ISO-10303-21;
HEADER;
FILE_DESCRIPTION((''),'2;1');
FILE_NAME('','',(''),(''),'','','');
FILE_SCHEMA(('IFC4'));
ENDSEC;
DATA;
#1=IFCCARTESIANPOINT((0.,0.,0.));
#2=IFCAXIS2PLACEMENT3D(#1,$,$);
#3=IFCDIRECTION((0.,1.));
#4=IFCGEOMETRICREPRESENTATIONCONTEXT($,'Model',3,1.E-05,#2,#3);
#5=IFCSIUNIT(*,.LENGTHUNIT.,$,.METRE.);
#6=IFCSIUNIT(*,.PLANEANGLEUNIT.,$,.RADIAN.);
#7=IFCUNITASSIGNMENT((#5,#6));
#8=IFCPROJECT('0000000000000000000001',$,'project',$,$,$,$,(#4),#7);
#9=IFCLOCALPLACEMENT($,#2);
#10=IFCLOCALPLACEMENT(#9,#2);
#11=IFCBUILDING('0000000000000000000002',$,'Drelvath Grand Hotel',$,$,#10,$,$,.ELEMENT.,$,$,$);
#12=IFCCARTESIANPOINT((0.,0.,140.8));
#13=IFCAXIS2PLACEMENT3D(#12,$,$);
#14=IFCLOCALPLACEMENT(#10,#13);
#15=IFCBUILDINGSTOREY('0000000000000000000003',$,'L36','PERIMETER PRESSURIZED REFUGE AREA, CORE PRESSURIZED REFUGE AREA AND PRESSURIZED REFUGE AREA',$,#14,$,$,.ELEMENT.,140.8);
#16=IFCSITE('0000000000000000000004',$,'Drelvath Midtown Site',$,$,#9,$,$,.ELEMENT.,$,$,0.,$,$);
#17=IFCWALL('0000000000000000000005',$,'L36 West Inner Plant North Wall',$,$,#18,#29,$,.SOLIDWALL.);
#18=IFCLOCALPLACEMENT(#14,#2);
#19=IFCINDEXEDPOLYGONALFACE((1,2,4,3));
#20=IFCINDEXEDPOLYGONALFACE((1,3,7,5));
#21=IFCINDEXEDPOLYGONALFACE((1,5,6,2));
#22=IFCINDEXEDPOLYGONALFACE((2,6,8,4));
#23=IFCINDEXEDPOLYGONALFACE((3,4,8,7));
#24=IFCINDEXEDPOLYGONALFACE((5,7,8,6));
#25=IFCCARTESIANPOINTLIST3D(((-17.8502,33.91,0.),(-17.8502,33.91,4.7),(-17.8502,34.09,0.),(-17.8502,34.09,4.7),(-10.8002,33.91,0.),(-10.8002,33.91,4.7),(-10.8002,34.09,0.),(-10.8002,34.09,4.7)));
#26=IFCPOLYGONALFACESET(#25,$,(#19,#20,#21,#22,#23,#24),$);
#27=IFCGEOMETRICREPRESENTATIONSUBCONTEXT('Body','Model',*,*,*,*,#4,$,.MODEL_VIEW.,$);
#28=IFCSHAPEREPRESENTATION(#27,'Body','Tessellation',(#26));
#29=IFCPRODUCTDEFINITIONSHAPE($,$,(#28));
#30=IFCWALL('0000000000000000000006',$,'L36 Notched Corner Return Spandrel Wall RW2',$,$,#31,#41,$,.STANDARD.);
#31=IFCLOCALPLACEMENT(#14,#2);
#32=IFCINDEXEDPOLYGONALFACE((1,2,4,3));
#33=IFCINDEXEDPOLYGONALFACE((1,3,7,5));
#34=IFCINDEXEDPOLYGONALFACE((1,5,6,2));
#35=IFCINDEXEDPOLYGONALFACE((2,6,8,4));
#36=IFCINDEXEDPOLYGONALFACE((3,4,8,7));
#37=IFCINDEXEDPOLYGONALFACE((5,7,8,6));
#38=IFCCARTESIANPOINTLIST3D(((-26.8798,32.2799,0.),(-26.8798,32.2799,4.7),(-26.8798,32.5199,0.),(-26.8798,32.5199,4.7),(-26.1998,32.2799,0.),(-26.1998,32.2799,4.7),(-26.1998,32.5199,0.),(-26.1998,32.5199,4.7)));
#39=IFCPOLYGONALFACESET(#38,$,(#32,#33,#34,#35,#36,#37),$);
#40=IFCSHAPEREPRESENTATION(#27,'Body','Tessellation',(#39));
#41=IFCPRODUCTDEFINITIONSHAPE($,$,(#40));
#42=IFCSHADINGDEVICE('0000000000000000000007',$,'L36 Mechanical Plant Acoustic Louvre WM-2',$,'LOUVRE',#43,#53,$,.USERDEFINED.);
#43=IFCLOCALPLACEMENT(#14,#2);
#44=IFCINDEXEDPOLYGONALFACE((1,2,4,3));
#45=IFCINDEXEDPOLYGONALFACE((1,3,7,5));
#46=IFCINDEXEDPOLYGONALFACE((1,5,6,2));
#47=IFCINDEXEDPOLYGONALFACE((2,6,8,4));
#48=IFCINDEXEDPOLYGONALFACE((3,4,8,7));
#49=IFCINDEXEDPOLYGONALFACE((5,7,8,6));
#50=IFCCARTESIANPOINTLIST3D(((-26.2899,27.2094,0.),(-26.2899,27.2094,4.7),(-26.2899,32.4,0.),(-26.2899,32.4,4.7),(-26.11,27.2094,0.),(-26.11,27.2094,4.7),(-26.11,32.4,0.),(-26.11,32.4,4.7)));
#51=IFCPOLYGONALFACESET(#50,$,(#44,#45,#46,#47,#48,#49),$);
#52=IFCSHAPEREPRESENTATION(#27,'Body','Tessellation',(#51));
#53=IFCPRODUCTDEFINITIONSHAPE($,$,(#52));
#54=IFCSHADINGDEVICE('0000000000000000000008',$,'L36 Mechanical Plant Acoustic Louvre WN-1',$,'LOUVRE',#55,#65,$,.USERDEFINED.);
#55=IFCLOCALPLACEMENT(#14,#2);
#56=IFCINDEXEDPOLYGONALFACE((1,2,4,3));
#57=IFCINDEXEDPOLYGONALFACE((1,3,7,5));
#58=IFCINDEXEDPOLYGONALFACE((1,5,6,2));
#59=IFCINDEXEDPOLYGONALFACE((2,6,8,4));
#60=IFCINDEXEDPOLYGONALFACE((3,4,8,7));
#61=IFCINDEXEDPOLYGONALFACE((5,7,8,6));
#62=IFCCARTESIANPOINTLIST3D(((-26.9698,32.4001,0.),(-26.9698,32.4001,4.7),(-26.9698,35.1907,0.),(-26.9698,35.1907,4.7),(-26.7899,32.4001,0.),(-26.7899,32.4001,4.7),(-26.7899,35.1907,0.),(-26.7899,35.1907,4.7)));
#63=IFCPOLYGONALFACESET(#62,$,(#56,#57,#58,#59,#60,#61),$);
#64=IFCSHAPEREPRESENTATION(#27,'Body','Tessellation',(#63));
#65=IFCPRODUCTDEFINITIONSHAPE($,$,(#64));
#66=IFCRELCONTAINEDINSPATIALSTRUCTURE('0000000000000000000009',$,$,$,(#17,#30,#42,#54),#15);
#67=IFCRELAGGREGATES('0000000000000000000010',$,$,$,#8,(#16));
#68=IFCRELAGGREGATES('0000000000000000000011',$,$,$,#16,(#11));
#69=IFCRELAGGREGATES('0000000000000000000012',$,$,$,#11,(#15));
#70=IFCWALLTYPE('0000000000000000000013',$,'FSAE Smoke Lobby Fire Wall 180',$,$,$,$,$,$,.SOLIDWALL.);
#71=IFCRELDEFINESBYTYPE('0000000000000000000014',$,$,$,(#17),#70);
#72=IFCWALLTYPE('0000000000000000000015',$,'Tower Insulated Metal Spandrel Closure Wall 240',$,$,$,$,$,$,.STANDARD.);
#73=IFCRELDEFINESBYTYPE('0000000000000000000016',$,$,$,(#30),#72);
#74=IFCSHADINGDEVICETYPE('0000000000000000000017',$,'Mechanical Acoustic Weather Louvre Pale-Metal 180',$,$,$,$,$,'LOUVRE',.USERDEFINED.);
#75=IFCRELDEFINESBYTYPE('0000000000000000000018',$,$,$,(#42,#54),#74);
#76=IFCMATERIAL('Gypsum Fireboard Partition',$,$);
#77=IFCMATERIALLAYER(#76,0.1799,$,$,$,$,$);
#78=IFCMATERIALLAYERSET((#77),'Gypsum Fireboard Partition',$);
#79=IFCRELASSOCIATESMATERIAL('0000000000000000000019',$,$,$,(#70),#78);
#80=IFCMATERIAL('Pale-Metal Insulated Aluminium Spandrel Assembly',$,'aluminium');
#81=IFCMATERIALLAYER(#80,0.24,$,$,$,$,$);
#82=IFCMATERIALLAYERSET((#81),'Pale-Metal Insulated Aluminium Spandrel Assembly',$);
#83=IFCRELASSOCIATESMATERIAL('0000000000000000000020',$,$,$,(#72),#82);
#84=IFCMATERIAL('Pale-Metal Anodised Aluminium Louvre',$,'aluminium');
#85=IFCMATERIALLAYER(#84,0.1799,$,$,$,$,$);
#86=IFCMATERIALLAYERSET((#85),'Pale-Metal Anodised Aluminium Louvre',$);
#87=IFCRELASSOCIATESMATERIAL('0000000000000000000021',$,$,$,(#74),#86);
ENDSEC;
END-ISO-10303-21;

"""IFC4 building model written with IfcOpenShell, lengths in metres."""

from ifc_helpers import new_model, si_unit, direction, frame, frame_2d, origin, origin_2d, place, context, subcontext, project, spatial, rectangle, extrude, material, layer, layer_set, type_object, element, save


model = new_model("IFC4")

# Units and contexts
model_context = context("Model", 3, precision=1e-05, world=origin(), true_north=direction((0.0, 1.0)))
body_context = subcontext(model_context, "Body", "Model", "MODEL_VIEW")
ifc_project = project(units=[si_unit("LENGTHUNIT", "METRE"), si_unit("PLANEANGLEUNIT", "RADIAN")], contexts=[model_context])

# Site, building, storey
site_placement = place(None, origin())
site = spatial("IfcSite", under=ifc_project, at=site_placement, Name="Drelvath Midtown Site", CompositionType="ELEMENT", RefElevation=0.0)
building_placement = place(site_placement, origin())
building = spatial("IfcBuilding", under=site, at=building_placement, Name="Drelvath Grand Hotel", CompositionType="ELEMENT")
storey_placement = place(building_placement, frame((0.0, 0.0, 140.8)))
storey = spatial("IfcBuildingStorey", under=building, at=storey_placement, Name="L36", Description="PERIMETER PRESSURIZED REFUGE AREA, CORE PRESSURIZED REFUGE AREA AND PRESSURIZED REFUGE AREA", CompositionType="ELEMENT", Elevation=140.8)

# Shared definitions
ifc_material_1 = material(Name="Gypsum Fireboard Partition")

# Shared definitions
ifc_layer_1 = layer(ifc_material_1, 0.1799)
ifc_layer_set_1 = layer_set([ifc_layer_1], Name="Gypsum Fireboard Partition")
wall_type_1 = type_object("IfcWallType", Name="FSAE Smoke Lobby Fire Wall 180", PredefinedType="SOLIDWALL", material=ifc_layer_set_1)

# Walls
wall_1_placement = place(storey_placement, frame((-17.8501, 34.0, 0.0), z_axis=(0.0, 0.0, 1.0), x_axis=(1.0, 0.0, 0.0)))
element("IfcWall", 1, at=wall_1_placement, inside=storey, type_object=wall_type_1, Name="L36 West Inner Plant North Wall", PredefinedType="SOLIDWALL", context=body_context, shape_type="SweptSolid", body=[
    extrude(rectangle(XDim=7.05, YDim=0.1799, at=frame_2d((3.5249, 0.0))), origin(), (0.0, 0.0, 1.0), 4.7),
])
ifc_material_2 = material(Name="Pale-Metal Insulated Aluminium Spandrel Assembly", Category="aluminium")
ifc_layer_2 = layer(ifc_material_2, 0.24)
ifc_layer_set_2 = layer_set([ifc_layer_2], Name="Pale-Metal Insulated Aluminium Spandrel Assembly")
wall_type_2 = type_object("IfcWallType", Name="Tower Insulated Metal Spandrel Closure Wall 240", PredefinedType="STANDARD", material=ifc_layer_set_2)
wall_2_placement = place(storey_placement, frame((-26.2, 32.3999, 0.0), z_axis=(0.0, 0.0, 1.0), x_axis=(-1.0, 0.0, 0.0)))
element("IfcWall", 2, at=wall_2_placement, inside=storey, type_object=wall_type_2, Name="L36 Notched Corner Return Spandrel Wall RW2", PredefinedType="STANDARD", context=body_context, shape_type="SweptSolid", body=[
    extrude(rectangle(XDim=0.6799, YDim=0.24, at=frame_2d((0.3398, 0.0))), origin(), (0.0, 0.0, 1.0), 4.7),
])

# Shading devices
ifc_material_3 = material(Name="Pale-Metal Anodised Aluminium Louvre", Category="aluminium")
ifc_layer_3 = layer(ifc_material_3, 0.1799)
ifc_layer_set_3 = layer_set([ifc_layer_3], Name="Pale-Metal Anodised Aluminium Louvre")
shading_device_type = type_object("IfcShadingDeviceType", Name="Mechanical Acoustic Weather Louvre Pale-Metal 180", ElementType="LOUVRE", PredefinedType="USERDEFINED", material=ifc_layer_set_3)
shading_device_1_placement = place(storey_placement, frame((-26.2, 29.8047, 0.0), z_axis=(0.0, 0.0, 1.0), x_axis=(0.0, 1.0, 0.0)))
element("IfcShadingDevice", 3, at=shading_device_1_placement, inside=storey, type_object=shading_device_type, Name="L36 Mechanical Plant Acoustic Louvre WM-2", ObjectType="LOUVRE", PredefinedType="USERDEFINED", context=body_context, shape_type="SweptSolid", body=[
    extrude(rectangle(XDim=5.1907, YDim=0.1799, at=origin_2d()), origin(), (0.0, 0.0, 1.0), 4.7),
])
shading_device_2_placement = place(storey_placement, frame((-26.8799, 33.7954, 0.0), z_axis=(0.0, 0.0, 1.0), x_axis=(0.0, 1.0, 0.0)))
element("IfcShadingDevice", 4, at=shading_device_2_placement, inside=storey, type_object=shading_device_type, Name="L36 Mechanical Plant Acoustic Louvre WN-1", ObjectType="LOUVRE", PredefinedType="USERDEFINED", context=body_context, shape_type="SweptSolid", body=[
    extrude(rectangle(XDim=2.7905, YDim=0.1799, at=origin_2d()), origin(), (0.0, 0.0, 1.0), 4.7),
])

save(model, "model.ifc")
